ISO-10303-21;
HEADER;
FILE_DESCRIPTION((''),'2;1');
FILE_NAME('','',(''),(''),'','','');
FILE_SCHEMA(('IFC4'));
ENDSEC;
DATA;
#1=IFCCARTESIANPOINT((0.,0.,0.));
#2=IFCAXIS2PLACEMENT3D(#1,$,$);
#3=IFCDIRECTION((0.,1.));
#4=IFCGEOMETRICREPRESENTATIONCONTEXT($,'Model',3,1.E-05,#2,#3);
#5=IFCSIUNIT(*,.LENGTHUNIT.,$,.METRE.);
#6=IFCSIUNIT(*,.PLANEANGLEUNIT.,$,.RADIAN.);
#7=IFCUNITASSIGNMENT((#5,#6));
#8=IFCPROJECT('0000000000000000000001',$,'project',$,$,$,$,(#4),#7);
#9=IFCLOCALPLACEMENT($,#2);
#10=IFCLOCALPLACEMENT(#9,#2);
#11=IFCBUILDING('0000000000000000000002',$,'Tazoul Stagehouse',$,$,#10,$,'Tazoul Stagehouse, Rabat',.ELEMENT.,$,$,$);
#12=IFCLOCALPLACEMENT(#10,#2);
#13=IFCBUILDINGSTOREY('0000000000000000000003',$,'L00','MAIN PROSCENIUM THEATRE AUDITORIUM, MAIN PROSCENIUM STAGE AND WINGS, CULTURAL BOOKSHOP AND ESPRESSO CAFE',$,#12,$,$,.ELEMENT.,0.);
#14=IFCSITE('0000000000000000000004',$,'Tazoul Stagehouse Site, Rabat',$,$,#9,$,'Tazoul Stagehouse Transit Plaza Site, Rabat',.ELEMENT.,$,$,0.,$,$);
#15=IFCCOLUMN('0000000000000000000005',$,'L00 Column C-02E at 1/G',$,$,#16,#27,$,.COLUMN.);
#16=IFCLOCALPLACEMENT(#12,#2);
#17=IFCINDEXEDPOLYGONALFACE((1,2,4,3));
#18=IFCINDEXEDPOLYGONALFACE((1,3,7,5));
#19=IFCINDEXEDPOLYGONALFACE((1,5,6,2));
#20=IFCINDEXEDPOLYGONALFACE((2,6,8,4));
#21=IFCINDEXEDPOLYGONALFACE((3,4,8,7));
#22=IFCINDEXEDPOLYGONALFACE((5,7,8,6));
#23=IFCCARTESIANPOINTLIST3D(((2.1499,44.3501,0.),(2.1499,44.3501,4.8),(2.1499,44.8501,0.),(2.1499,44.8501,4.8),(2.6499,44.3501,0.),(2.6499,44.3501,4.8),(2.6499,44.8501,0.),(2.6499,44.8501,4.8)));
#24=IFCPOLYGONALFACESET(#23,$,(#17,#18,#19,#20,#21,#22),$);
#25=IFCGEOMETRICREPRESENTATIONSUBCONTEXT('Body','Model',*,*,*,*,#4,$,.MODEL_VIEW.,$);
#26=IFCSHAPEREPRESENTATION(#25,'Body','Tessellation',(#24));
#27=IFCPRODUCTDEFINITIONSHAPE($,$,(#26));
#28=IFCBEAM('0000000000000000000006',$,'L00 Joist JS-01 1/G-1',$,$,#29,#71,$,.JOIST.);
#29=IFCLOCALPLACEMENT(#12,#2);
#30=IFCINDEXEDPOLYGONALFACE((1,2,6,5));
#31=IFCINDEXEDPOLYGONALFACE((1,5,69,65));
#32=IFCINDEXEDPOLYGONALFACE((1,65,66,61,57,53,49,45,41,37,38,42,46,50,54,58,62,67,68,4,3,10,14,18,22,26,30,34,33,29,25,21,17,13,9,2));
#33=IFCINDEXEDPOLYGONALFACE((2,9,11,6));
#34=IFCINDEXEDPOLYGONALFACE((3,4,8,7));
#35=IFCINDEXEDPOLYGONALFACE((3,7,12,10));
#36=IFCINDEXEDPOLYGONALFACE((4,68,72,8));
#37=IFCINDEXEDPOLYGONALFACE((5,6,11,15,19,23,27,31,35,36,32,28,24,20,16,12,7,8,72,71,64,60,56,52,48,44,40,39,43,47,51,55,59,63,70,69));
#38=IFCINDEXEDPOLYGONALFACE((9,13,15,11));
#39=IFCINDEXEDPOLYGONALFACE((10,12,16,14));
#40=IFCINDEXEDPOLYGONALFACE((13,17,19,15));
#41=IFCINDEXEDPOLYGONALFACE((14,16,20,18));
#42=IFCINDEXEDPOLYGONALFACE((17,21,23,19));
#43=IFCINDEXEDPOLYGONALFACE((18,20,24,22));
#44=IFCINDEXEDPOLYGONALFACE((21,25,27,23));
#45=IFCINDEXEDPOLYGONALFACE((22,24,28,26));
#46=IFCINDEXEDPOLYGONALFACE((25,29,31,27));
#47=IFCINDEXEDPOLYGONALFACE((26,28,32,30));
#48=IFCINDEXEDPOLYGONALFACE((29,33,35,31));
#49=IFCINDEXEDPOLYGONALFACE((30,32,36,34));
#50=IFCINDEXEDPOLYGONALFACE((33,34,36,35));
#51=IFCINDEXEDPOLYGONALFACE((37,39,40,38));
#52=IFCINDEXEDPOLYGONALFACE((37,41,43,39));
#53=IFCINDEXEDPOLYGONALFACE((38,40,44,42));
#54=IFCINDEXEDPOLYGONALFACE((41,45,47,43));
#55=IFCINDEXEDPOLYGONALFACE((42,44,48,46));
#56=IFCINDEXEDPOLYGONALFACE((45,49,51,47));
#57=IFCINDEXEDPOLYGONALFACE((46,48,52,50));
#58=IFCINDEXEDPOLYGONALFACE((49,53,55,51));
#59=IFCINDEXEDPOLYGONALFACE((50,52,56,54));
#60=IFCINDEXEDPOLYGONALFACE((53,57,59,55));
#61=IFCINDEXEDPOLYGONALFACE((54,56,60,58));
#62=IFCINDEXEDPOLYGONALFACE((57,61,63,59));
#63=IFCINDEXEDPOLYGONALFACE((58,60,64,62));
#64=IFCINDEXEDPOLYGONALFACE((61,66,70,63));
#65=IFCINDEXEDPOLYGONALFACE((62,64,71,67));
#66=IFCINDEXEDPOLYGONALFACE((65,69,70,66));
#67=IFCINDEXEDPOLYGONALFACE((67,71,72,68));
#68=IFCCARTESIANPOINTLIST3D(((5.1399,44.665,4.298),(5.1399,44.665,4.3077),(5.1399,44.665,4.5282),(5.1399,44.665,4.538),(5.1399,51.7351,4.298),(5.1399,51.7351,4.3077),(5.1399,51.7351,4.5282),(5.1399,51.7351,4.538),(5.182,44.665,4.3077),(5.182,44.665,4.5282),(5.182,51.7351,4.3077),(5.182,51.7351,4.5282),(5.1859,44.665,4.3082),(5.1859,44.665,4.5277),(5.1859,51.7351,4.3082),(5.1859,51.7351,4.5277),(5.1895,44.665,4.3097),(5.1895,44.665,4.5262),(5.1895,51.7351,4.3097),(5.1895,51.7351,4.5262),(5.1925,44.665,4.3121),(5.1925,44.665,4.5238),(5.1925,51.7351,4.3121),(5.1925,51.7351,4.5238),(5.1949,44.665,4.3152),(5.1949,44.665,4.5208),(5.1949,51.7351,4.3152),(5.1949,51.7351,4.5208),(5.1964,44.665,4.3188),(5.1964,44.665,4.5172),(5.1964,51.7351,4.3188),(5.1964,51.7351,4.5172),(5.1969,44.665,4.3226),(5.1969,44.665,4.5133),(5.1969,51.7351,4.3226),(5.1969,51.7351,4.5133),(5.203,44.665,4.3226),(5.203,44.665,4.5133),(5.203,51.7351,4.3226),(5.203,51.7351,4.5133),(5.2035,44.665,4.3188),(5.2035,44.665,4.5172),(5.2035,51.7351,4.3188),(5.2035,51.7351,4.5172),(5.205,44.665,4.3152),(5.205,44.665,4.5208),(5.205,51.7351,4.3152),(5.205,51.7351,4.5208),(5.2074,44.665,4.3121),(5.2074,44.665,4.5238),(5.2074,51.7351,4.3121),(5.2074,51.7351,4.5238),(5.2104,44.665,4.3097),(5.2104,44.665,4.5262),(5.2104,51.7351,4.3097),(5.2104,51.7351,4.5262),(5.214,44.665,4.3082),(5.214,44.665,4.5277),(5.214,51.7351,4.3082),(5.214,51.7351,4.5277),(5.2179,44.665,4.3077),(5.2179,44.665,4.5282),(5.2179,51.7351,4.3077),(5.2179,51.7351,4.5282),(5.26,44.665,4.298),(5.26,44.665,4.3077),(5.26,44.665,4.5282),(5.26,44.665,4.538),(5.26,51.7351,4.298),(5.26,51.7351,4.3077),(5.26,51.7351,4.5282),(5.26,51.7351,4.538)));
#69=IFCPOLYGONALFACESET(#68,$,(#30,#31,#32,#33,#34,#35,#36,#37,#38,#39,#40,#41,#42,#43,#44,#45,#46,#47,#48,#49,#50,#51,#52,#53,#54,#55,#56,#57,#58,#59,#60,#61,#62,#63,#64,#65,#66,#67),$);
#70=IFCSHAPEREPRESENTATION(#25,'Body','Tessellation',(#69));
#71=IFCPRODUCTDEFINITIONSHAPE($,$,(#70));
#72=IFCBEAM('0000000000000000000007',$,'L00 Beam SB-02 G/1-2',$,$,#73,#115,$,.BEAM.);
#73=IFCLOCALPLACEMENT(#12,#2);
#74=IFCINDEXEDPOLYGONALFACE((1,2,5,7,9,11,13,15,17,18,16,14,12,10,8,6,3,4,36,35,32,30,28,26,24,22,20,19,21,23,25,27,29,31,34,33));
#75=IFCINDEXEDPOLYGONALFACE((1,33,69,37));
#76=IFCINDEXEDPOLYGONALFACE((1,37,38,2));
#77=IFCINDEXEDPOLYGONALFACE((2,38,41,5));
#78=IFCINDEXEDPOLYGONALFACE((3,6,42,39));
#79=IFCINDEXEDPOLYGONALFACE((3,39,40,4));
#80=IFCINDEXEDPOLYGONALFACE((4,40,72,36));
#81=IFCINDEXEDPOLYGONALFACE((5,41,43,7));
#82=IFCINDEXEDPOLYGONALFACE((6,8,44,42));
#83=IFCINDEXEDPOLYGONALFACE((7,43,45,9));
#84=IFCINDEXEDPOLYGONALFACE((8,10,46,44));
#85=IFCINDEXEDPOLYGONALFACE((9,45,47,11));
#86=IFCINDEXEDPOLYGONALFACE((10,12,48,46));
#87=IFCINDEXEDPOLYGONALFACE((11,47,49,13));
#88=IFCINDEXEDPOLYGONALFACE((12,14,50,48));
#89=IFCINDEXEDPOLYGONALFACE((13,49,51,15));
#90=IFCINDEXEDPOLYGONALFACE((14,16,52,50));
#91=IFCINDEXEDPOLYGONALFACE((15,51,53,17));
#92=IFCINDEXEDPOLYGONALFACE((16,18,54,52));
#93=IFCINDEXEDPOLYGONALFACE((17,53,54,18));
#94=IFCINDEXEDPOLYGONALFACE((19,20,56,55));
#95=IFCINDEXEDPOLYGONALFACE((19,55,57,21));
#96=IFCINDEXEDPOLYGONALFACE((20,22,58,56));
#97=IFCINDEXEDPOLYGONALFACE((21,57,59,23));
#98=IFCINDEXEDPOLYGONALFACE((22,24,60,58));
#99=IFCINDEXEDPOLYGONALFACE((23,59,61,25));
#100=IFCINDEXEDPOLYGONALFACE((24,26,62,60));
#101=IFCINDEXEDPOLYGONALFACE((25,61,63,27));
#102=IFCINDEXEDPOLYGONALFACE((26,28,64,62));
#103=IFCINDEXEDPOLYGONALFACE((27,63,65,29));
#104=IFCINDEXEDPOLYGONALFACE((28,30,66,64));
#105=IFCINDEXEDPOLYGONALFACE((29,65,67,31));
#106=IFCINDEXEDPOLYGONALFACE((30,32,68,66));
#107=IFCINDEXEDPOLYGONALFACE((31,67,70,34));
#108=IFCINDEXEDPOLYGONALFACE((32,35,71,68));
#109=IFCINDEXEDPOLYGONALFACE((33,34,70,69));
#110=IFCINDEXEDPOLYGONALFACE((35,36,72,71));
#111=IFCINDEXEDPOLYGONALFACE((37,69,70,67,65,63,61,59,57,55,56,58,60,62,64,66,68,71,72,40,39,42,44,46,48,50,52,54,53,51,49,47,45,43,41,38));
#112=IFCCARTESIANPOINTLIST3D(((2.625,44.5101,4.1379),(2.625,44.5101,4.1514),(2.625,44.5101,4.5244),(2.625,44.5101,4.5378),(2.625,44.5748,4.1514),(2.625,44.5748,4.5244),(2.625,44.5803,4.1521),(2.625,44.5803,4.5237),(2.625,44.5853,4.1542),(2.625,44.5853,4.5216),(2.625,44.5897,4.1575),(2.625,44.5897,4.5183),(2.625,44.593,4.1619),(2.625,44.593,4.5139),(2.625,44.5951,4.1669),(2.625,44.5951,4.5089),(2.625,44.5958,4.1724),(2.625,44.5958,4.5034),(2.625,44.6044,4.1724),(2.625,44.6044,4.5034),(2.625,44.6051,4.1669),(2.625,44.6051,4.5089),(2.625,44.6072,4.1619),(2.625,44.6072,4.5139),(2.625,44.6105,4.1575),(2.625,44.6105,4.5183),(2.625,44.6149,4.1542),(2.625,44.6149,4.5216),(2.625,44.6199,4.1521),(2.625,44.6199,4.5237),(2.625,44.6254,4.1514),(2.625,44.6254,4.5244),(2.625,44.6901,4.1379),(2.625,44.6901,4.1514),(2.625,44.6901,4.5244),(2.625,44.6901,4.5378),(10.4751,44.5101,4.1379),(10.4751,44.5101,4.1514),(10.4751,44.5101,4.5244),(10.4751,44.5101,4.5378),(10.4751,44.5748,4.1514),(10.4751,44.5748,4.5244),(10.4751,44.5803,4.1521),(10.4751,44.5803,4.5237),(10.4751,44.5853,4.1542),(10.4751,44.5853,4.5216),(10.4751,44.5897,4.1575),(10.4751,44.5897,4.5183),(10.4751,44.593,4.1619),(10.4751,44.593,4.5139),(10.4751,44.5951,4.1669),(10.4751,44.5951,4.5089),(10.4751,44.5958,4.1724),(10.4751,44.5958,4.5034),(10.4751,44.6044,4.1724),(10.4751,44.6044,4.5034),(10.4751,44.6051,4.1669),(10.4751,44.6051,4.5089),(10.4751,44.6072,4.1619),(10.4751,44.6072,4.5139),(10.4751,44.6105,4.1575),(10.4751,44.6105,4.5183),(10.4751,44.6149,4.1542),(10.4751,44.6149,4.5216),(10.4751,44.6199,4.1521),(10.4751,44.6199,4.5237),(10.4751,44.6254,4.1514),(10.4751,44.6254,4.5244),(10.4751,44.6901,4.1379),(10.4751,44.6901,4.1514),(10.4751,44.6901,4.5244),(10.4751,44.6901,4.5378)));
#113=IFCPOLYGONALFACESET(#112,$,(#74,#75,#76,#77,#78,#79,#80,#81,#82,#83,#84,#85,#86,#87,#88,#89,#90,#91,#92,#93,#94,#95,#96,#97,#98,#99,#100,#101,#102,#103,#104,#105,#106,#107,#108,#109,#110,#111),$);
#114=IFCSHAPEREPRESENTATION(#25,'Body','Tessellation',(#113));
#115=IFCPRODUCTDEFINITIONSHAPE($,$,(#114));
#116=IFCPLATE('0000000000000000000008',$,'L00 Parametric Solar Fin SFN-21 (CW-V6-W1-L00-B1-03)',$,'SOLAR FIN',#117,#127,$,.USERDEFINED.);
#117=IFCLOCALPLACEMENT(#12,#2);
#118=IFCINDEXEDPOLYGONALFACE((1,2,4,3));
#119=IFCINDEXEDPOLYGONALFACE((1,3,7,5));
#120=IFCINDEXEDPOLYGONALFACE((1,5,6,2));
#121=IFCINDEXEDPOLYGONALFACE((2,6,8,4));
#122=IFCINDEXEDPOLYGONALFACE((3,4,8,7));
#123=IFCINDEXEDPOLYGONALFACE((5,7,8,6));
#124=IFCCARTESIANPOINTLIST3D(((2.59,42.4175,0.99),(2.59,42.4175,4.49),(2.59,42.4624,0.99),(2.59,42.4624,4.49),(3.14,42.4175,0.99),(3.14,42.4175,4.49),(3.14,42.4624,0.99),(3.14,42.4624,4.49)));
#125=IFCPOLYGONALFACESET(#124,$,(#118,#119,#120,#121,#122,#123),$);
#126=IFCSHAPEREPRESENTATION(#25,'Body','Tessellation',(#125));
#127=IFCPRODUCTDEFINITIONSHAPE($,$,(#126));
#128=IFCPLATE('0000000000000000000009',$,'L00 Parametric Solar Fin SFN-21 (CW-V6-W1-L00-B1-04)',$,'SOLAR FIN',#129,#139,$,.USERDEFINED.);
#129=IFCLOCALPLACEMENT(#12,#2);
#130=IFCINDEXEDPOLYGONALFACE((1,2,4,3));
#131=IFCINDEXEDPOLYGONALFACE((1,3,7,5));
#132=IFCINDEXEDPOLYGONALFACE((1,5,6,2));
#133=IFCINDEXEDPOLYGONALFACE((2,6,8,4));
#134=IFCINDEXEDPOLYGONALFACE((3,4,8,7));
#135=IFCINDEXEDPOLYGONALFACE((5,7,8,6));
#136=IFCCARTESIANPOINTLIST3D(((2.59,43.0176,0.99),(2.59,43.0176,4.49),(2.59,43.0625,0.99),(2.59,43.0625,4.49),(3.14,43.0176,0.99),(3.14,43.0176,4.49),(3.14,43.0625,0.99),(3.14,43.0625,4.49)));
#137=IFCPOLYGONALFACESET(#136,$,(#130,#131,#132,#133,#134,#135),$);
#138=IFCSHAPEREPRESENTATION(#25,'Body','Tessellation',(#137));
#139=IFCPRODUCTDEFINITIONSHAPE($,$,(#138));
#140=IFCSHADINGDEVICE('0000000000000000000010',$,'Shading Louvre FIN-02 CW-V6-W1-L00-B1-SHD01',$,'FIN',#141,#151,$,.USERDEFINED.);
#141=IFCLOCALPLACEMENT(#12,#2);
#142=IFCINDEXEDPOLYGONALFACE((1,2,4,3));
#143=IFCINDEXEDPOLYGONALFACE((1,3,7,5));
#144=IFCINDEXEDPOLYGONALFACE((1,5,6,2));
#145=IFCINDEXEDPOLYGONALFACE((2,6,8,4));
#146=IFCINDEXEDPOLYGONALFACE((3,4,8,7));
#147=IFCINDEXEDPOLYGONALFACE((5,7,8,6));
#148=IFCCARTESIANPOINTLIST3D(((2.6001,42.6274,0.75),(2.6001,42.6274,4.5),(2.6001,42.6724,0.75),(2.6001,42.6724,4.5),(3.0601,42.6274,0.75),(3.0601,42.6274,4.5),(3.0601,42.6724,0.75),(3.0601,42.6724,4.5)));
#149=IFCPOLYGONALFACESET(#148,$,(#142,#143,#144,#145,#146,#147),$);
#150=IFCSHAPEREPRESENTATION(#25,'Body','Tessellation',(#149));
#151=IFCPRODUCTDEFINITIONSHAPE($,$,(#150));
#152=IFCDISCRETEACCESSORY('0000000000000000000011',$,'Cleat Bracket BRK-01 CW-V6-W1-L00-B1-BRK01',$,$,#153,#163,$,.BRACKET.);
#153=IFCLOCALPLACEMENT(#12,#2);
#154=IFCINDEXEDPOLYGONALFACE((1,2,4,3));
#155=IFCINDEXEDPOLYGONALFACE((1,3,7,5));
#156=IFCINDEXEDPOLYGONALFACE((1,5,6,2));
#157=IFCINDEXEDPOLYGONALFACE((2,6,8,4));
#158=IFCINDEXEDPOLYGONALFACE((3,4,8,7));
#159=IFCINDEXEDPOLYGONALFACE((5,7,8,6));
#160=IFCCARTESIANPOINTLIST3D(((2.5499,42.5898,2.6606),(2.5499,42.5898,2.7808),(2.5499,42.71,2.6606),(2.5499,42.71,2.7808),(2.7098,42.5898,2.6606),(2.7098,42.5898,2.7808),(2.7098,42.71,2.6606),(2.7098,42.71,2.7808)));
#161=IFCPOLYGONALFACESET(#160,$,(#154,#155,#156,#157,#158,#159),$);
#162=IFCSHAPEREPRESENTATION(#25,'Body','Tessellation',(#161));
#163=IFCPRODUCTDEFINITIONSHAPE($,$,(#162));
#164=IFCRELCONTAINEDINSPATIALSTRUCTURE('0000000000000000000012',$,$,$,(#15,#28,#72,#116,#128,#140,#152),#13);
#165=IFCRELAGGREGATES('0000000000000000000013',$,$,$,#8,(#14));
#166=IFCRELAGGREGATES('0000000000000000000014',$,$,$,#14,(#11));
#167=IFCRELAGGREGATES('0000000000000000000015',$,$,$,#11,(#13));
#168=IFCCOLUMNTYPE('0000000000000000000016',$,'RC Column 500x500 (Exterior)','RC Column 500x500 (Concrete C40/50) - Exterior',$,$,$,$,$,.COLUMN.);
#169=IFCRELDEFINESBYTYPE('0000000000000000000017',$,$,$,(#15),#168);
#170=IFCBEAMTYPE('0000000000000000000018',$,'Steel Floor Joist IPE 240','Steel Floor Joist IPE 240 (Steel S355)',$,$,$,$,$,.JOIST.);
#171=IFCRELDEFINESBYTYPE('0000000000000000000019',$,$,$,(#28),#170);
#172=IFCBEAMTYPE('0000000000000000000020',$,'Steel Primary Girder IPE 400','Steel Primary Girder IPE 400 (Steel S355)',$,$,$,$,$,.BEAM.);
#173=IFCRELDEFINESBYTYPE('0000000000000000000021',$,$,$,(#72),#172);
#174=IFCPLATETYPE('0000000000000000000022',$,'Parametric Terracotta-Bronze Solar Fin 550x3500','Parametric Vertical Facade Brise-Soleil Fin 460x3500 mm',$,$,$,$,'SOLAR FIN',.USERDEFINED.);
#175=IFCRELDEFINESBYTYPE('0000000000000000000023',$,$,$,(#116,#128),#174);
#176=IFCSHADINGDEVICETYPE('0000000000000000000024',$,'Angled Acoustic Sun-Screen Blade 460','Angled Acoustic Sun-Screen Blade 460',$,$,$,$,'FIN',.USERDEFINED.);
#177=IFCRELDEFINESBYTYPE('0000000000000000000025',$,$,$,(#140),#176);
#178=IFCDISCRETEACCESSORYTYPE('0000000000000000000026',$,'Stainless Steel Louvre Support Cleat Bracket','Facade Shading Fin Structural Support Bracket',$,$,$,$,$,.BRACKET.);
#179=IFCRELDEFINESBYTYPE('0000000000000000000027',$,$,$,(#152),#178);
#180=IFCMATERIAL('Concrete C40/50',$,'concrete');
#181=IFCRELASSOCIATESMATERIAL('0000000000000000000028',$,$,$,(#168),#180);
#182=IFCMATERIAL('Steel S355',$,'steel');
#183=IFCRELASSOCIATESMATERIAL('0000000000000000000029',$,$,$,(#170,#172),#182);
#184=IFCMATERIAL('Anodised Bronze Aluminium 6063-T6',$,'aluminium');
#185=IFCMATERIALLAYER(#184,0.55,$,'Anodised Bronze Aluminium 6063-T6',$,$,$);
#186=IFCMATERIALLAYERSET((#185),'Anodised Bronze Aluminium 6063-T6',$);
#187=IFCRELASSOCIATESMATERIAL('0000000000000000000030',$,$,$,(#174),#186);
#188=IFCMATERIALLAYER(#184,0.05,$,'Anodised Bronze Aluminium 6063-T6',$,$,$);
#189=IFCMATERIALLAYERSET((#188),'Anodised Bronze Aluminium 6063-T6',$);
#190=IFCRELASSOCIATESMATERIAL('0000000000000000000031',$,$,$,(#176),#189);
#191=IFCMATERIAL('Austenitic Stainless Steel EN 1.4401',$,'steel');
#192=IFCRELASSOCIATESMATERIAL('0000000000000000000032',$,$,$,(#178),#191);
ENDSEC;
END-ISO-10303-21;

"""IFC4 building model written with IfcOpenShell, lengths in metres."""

from ifc_helpers import new_model, si_unit, direction, frame, origin, origin_2d, place, context, subcontext, project, spatial, rectangle, i_section, extrude, material, layer, layer_set, material_profile, profile_set, type_object, element, save


model = new_model("IFC4")

# Units and contexts
model_context = context("Model", 3, precision=1e-05, world=origin(), true_north=direction((0.0, 1.0)))
body_context = subcontext(model_context, "Body", "Model", "MODEL_VIEW")
ifc_project = project(units=[si_unit("LENGTHUNIT", "METRE"), si_unit("PLANEANGLEUNIT", "RADIAN")], contexts=[model_context])

# Site, building, storey
site_placement = place(None, origin())
site = spatial("IfcSite", under=ifc_project, at=site_placement, Name="Tazoul Stagehouse Site, Rabat", LongName="Tazoul Stagehouse Transit Plaza Site, Rabat", CompositionType="ELEMENT", RefElevation=0.0)
building_placement = place(site_placement, origin())
building = spatial("IfcBuilding", under=site, at=building_placement, Name="Tazoul Stagehouse", LongName="Tazoul Stagehouse, Rabat", CompositionType="ELEMENT")
storey_placement = place(building_placement, origin())
storey = spatial("IfcBuildingStorey", under=building, at=storey_placement, Name="L00", Description="MAIN PROSCENIUM THEATRE AUDITORIUM, MAIN PROSCENIUM STAGE AND WINGS, CULTURAL BOOKSHOP AND ESPRESSO CAFE", CompositionType="ELEMENT", Elevation=0.0)

# Column
ifc_material_1 = material(Name="Concrete C40/50", Category="concrete")
ifc_material_profile_1 = material_profile(ifc_material_1, rectangle(XDim=0.5, YDim=0.5, at=origin_2d()), Name="RC 500x500")
ifc_profile_set_1 = profile_set([ifc_material_profile_1], Name="Concrete C40/50")
column_type = type_object("IfcColumnType", Name="RC Column 500x500 (Exterior)", Description="RC Column 500x500 (Concrete C40/50) - Exterior", PredefinedType="COLUMN", material=ifc_profile_set_1)
column_placement = place(storey_placement, frame((2.3999, 44.6001, 0.0), z_axis=(0.0, 0.0, 1.0), x_axis=(1.0, 0.0, 0.0)))
element("IfcColumn", 1, at=column_placement, inside=storey, type_object=column_type, Name="L00 Column C-02E at 1/G", PredefinedType="COLUMN", context=body_context, shape_type="SweptSolid", body=[
    extrude(rectangle(XDim=0.5, YDim=0.5, at=origin_2d()), origin(), (0.0, 0.0, 1.0), 4.8),
])

# Beams
ifc_material_2 = material(Name="Steel S355", Category="steel")
ifc_material_profile_2 = material_profile(ifc_material_2, i_section(OverallWidth=0.1201, OverallDepth=0.24, WebThickness=0.0061, FlangeThickness=0.0098, FilletRadius=0.0149, at=origin_2d()), Name="IPE 240")
ifc_profile_set_2 = profile_set([ifc_material_profile_2], Name="Steel S355")
beam_type_1 = type_object("IfcBeamType", Name="Steel Floor Joist IPE 240", Description="Steel Floor Joist IPE 240 (Steel S355)", PredefinedType="JOIST", material=ifc_profile_set_2)
beam_1_placement = place(storey_placement, frame((5.2, 44.665, 4.418), z_axis=(0.0, 1.0, 0.0), x_axis=(-1.0, 0.0, 0.0)))
element("IfcBeam", 2, at=beam_1_placement, inside=storey, type_object=beam_type_1, Name="L00 Joist JS-01 1/G-1", PredefinedType="JOIST", context=body_context, shape_type="SweptSolid", body=[
    extrude(i_section(OverallWidth=0.1201, OverallDepth=0.24, WebThickness=0.0061, FlangeThickness=0.0098, FilletRadius=0.0149, at=origin_2d()), origin(), (0.0, 0.0, 1.0), 7.0701),
])
ifc_material_profile_3 = material_profile(ifc_material_2, i_section(OverallWidth=0.1799, OverallDepth=0.3999, WebThickness=0.0085, FlangeThickness=0.0134, FilletRadius=0.021, at=origin_2d()), Name="IPE 400")
ifc_profile_set_3 = profile_set([ifc_material_profile_3], Name="Steel S355")
beam_type_2 = type_object("IfcBeamType", Name="Steel Primary Girder IPE 400", Description="Steel Primary Girder IPE 400 (Steel S355)", PredefinedType="BEAM", material=ifc_profile_set_3)
beam_2_placement = place(storey_placement, frame((2.625, 44.6001, 4.3379), z_axis=(1.0, 0.0, 0.0), x_axis=(0.0, 1.0, 0.0)))
element("IfcBeam", 3, at=beam_2_placement, inside=storey, type_object=beam_type_2, Name="L00 Beam SB-02 G/1-2", PredefinedType="BEAM", context=body_context, shape_type="SweptSolid", body=[
    extrude(i_section(OverallWidth=0.1799, OverallDepth=0.3999, WebThickness=0.0085, FlangeThickness=0.0134, FilletRadius=0.021, at=origin_2d()), origin(), (0.0, 0.0, 1.0), 7.8501),
])

# Plates
ifc_material_3 = material(Name="Anodised Bronze Aluminium 6063-T6", Category="aluminium")
ifc_layer_1 = layer(ifc_material_3, 0.55, Name="Anodised Bronze Aluminium 6063-T6")
ifc_layer_set_1 = layer_set([ifc_layer_1], Name="Anodised Bronze Aluminium 6063-T6")
plate_type = type_object("IfcPlateType", Name="Parametric Terracotta-Bronze Solar Fin 550x3500", Description="Parametric Vertical Facade Brise-Soleil Fin 460x3500 mm", ElementType="SOLAR FIN", PredefinedType="USERDEFINED", material=ifc_layer_set_1)
for number, where, z_axis, x_axis, name in (
    (4, (2.865, 42.4399, 0.99), (0.0, 0.0, 1.0), (0.0, 1.0, 0.0), "L00 Parametric Solar Fin SFN-21 (CW-V6-W1-L00-B1-03)"),
    (5, (2.865, 43.04, 0.99), (0.0, 0.0, 1.0), (0.0, 1.0, 0.0), "L00 Parametric Solar Fin SFN-21 (CW-V6-W1-L00-B1-04)"),
):
    element("IfcPlate", number, at=place(storey_placement, frame(where, z_axis=z_axis, x_axis=x_axis)), inside=storey, type_object=plate_type, Name=name, ObjectType="SOLAR FIN", PredefinedType="USERDEFINED", context=body_context, shape_type="SweptSolid", body=[
        extrude(rectangle(XDim=0.0449, YDim=0.55, at=origin_2d()), origin(), (0.0, 0.0, 1.0), 3.5),
    ])

# Shading device
ifc_layer_2 = layer(ifc_material_3, 0.05, Name="Anodised Bronze Aluminium 6063-T6")
ifc_layer_set_2 = layer_set([ifc_layer_2], Name="Anodised Bronze Aluminium 6063-T6")
shading_device_type = type_object("IfcShadingDeviceType", Name="Angled Acoustic Sun-Screen Blade 460", Description="Angled Acoustic Sun-Screen Blade 460", ElementType="FIN", PredefinedType="USERDEFINED", material=ifc_layer_set_2)
shading_device_placement = place(storey_placement, frame((2.8301, 42.6499, 0.75), z_axis=(0.0, 0.0, 1.0), x_axis=(0.0, 1.0, 0.0)))
element("IfcShadingDevice", 6, at=shading_device_placement, inside=storey, type_object=shading_device_type, Name="Shading Louvre FIN-02 CW-V6-W1-L00-B1-SHD01", ObjectType="FIN", PredefinedType="USERDEFINED", context=body_context, shape_type="SweptSolid", body=[
    extrude(rectangle(XDim=0.0449, YDim=0.46, at=origin_2d()), origin(), (0.0, 0.0, 1.0), 3.75),
])

# Discrete accessory
ifc_material_4 = material(Name="Austenitic Stainless Steel EN 1.4401", Category="steel")
discrete_accessory_type = type_object("IfcDiscreteAccessoryType", Name="Stainless Steel Louvre Support Cleat Bracket", Description="Facade Shading Fin Structural Support Bracket", PredefinedType="BRACKET", material=ifc_material_4)
discrete_accessory_placement = place(storey_placement, frame((2.6299, 42.6499, 2.6606), z_axis=(0.0, 0.0, 1.0), x_axis=(0.0, 1.0, 0.0)))
element("IfcDiscreteAccessory", 7, at=discrete_accessory_placement, inside=storey, type_object=discrete_accessory_type, Name="Cleat Bracket BRK-01 CW-V6-W1-L00-B1-BRK01", PredefinedType="BRACKET", context=body_context, shape_type="SweptSolid", body=[
    extrude(rectangle(XDim=0.1201, YDim=0.1599, at=origin_2d()), origin(), (0.0, 0.0, 1.0), 0.1201),
])

save(model, "model.ifc")
